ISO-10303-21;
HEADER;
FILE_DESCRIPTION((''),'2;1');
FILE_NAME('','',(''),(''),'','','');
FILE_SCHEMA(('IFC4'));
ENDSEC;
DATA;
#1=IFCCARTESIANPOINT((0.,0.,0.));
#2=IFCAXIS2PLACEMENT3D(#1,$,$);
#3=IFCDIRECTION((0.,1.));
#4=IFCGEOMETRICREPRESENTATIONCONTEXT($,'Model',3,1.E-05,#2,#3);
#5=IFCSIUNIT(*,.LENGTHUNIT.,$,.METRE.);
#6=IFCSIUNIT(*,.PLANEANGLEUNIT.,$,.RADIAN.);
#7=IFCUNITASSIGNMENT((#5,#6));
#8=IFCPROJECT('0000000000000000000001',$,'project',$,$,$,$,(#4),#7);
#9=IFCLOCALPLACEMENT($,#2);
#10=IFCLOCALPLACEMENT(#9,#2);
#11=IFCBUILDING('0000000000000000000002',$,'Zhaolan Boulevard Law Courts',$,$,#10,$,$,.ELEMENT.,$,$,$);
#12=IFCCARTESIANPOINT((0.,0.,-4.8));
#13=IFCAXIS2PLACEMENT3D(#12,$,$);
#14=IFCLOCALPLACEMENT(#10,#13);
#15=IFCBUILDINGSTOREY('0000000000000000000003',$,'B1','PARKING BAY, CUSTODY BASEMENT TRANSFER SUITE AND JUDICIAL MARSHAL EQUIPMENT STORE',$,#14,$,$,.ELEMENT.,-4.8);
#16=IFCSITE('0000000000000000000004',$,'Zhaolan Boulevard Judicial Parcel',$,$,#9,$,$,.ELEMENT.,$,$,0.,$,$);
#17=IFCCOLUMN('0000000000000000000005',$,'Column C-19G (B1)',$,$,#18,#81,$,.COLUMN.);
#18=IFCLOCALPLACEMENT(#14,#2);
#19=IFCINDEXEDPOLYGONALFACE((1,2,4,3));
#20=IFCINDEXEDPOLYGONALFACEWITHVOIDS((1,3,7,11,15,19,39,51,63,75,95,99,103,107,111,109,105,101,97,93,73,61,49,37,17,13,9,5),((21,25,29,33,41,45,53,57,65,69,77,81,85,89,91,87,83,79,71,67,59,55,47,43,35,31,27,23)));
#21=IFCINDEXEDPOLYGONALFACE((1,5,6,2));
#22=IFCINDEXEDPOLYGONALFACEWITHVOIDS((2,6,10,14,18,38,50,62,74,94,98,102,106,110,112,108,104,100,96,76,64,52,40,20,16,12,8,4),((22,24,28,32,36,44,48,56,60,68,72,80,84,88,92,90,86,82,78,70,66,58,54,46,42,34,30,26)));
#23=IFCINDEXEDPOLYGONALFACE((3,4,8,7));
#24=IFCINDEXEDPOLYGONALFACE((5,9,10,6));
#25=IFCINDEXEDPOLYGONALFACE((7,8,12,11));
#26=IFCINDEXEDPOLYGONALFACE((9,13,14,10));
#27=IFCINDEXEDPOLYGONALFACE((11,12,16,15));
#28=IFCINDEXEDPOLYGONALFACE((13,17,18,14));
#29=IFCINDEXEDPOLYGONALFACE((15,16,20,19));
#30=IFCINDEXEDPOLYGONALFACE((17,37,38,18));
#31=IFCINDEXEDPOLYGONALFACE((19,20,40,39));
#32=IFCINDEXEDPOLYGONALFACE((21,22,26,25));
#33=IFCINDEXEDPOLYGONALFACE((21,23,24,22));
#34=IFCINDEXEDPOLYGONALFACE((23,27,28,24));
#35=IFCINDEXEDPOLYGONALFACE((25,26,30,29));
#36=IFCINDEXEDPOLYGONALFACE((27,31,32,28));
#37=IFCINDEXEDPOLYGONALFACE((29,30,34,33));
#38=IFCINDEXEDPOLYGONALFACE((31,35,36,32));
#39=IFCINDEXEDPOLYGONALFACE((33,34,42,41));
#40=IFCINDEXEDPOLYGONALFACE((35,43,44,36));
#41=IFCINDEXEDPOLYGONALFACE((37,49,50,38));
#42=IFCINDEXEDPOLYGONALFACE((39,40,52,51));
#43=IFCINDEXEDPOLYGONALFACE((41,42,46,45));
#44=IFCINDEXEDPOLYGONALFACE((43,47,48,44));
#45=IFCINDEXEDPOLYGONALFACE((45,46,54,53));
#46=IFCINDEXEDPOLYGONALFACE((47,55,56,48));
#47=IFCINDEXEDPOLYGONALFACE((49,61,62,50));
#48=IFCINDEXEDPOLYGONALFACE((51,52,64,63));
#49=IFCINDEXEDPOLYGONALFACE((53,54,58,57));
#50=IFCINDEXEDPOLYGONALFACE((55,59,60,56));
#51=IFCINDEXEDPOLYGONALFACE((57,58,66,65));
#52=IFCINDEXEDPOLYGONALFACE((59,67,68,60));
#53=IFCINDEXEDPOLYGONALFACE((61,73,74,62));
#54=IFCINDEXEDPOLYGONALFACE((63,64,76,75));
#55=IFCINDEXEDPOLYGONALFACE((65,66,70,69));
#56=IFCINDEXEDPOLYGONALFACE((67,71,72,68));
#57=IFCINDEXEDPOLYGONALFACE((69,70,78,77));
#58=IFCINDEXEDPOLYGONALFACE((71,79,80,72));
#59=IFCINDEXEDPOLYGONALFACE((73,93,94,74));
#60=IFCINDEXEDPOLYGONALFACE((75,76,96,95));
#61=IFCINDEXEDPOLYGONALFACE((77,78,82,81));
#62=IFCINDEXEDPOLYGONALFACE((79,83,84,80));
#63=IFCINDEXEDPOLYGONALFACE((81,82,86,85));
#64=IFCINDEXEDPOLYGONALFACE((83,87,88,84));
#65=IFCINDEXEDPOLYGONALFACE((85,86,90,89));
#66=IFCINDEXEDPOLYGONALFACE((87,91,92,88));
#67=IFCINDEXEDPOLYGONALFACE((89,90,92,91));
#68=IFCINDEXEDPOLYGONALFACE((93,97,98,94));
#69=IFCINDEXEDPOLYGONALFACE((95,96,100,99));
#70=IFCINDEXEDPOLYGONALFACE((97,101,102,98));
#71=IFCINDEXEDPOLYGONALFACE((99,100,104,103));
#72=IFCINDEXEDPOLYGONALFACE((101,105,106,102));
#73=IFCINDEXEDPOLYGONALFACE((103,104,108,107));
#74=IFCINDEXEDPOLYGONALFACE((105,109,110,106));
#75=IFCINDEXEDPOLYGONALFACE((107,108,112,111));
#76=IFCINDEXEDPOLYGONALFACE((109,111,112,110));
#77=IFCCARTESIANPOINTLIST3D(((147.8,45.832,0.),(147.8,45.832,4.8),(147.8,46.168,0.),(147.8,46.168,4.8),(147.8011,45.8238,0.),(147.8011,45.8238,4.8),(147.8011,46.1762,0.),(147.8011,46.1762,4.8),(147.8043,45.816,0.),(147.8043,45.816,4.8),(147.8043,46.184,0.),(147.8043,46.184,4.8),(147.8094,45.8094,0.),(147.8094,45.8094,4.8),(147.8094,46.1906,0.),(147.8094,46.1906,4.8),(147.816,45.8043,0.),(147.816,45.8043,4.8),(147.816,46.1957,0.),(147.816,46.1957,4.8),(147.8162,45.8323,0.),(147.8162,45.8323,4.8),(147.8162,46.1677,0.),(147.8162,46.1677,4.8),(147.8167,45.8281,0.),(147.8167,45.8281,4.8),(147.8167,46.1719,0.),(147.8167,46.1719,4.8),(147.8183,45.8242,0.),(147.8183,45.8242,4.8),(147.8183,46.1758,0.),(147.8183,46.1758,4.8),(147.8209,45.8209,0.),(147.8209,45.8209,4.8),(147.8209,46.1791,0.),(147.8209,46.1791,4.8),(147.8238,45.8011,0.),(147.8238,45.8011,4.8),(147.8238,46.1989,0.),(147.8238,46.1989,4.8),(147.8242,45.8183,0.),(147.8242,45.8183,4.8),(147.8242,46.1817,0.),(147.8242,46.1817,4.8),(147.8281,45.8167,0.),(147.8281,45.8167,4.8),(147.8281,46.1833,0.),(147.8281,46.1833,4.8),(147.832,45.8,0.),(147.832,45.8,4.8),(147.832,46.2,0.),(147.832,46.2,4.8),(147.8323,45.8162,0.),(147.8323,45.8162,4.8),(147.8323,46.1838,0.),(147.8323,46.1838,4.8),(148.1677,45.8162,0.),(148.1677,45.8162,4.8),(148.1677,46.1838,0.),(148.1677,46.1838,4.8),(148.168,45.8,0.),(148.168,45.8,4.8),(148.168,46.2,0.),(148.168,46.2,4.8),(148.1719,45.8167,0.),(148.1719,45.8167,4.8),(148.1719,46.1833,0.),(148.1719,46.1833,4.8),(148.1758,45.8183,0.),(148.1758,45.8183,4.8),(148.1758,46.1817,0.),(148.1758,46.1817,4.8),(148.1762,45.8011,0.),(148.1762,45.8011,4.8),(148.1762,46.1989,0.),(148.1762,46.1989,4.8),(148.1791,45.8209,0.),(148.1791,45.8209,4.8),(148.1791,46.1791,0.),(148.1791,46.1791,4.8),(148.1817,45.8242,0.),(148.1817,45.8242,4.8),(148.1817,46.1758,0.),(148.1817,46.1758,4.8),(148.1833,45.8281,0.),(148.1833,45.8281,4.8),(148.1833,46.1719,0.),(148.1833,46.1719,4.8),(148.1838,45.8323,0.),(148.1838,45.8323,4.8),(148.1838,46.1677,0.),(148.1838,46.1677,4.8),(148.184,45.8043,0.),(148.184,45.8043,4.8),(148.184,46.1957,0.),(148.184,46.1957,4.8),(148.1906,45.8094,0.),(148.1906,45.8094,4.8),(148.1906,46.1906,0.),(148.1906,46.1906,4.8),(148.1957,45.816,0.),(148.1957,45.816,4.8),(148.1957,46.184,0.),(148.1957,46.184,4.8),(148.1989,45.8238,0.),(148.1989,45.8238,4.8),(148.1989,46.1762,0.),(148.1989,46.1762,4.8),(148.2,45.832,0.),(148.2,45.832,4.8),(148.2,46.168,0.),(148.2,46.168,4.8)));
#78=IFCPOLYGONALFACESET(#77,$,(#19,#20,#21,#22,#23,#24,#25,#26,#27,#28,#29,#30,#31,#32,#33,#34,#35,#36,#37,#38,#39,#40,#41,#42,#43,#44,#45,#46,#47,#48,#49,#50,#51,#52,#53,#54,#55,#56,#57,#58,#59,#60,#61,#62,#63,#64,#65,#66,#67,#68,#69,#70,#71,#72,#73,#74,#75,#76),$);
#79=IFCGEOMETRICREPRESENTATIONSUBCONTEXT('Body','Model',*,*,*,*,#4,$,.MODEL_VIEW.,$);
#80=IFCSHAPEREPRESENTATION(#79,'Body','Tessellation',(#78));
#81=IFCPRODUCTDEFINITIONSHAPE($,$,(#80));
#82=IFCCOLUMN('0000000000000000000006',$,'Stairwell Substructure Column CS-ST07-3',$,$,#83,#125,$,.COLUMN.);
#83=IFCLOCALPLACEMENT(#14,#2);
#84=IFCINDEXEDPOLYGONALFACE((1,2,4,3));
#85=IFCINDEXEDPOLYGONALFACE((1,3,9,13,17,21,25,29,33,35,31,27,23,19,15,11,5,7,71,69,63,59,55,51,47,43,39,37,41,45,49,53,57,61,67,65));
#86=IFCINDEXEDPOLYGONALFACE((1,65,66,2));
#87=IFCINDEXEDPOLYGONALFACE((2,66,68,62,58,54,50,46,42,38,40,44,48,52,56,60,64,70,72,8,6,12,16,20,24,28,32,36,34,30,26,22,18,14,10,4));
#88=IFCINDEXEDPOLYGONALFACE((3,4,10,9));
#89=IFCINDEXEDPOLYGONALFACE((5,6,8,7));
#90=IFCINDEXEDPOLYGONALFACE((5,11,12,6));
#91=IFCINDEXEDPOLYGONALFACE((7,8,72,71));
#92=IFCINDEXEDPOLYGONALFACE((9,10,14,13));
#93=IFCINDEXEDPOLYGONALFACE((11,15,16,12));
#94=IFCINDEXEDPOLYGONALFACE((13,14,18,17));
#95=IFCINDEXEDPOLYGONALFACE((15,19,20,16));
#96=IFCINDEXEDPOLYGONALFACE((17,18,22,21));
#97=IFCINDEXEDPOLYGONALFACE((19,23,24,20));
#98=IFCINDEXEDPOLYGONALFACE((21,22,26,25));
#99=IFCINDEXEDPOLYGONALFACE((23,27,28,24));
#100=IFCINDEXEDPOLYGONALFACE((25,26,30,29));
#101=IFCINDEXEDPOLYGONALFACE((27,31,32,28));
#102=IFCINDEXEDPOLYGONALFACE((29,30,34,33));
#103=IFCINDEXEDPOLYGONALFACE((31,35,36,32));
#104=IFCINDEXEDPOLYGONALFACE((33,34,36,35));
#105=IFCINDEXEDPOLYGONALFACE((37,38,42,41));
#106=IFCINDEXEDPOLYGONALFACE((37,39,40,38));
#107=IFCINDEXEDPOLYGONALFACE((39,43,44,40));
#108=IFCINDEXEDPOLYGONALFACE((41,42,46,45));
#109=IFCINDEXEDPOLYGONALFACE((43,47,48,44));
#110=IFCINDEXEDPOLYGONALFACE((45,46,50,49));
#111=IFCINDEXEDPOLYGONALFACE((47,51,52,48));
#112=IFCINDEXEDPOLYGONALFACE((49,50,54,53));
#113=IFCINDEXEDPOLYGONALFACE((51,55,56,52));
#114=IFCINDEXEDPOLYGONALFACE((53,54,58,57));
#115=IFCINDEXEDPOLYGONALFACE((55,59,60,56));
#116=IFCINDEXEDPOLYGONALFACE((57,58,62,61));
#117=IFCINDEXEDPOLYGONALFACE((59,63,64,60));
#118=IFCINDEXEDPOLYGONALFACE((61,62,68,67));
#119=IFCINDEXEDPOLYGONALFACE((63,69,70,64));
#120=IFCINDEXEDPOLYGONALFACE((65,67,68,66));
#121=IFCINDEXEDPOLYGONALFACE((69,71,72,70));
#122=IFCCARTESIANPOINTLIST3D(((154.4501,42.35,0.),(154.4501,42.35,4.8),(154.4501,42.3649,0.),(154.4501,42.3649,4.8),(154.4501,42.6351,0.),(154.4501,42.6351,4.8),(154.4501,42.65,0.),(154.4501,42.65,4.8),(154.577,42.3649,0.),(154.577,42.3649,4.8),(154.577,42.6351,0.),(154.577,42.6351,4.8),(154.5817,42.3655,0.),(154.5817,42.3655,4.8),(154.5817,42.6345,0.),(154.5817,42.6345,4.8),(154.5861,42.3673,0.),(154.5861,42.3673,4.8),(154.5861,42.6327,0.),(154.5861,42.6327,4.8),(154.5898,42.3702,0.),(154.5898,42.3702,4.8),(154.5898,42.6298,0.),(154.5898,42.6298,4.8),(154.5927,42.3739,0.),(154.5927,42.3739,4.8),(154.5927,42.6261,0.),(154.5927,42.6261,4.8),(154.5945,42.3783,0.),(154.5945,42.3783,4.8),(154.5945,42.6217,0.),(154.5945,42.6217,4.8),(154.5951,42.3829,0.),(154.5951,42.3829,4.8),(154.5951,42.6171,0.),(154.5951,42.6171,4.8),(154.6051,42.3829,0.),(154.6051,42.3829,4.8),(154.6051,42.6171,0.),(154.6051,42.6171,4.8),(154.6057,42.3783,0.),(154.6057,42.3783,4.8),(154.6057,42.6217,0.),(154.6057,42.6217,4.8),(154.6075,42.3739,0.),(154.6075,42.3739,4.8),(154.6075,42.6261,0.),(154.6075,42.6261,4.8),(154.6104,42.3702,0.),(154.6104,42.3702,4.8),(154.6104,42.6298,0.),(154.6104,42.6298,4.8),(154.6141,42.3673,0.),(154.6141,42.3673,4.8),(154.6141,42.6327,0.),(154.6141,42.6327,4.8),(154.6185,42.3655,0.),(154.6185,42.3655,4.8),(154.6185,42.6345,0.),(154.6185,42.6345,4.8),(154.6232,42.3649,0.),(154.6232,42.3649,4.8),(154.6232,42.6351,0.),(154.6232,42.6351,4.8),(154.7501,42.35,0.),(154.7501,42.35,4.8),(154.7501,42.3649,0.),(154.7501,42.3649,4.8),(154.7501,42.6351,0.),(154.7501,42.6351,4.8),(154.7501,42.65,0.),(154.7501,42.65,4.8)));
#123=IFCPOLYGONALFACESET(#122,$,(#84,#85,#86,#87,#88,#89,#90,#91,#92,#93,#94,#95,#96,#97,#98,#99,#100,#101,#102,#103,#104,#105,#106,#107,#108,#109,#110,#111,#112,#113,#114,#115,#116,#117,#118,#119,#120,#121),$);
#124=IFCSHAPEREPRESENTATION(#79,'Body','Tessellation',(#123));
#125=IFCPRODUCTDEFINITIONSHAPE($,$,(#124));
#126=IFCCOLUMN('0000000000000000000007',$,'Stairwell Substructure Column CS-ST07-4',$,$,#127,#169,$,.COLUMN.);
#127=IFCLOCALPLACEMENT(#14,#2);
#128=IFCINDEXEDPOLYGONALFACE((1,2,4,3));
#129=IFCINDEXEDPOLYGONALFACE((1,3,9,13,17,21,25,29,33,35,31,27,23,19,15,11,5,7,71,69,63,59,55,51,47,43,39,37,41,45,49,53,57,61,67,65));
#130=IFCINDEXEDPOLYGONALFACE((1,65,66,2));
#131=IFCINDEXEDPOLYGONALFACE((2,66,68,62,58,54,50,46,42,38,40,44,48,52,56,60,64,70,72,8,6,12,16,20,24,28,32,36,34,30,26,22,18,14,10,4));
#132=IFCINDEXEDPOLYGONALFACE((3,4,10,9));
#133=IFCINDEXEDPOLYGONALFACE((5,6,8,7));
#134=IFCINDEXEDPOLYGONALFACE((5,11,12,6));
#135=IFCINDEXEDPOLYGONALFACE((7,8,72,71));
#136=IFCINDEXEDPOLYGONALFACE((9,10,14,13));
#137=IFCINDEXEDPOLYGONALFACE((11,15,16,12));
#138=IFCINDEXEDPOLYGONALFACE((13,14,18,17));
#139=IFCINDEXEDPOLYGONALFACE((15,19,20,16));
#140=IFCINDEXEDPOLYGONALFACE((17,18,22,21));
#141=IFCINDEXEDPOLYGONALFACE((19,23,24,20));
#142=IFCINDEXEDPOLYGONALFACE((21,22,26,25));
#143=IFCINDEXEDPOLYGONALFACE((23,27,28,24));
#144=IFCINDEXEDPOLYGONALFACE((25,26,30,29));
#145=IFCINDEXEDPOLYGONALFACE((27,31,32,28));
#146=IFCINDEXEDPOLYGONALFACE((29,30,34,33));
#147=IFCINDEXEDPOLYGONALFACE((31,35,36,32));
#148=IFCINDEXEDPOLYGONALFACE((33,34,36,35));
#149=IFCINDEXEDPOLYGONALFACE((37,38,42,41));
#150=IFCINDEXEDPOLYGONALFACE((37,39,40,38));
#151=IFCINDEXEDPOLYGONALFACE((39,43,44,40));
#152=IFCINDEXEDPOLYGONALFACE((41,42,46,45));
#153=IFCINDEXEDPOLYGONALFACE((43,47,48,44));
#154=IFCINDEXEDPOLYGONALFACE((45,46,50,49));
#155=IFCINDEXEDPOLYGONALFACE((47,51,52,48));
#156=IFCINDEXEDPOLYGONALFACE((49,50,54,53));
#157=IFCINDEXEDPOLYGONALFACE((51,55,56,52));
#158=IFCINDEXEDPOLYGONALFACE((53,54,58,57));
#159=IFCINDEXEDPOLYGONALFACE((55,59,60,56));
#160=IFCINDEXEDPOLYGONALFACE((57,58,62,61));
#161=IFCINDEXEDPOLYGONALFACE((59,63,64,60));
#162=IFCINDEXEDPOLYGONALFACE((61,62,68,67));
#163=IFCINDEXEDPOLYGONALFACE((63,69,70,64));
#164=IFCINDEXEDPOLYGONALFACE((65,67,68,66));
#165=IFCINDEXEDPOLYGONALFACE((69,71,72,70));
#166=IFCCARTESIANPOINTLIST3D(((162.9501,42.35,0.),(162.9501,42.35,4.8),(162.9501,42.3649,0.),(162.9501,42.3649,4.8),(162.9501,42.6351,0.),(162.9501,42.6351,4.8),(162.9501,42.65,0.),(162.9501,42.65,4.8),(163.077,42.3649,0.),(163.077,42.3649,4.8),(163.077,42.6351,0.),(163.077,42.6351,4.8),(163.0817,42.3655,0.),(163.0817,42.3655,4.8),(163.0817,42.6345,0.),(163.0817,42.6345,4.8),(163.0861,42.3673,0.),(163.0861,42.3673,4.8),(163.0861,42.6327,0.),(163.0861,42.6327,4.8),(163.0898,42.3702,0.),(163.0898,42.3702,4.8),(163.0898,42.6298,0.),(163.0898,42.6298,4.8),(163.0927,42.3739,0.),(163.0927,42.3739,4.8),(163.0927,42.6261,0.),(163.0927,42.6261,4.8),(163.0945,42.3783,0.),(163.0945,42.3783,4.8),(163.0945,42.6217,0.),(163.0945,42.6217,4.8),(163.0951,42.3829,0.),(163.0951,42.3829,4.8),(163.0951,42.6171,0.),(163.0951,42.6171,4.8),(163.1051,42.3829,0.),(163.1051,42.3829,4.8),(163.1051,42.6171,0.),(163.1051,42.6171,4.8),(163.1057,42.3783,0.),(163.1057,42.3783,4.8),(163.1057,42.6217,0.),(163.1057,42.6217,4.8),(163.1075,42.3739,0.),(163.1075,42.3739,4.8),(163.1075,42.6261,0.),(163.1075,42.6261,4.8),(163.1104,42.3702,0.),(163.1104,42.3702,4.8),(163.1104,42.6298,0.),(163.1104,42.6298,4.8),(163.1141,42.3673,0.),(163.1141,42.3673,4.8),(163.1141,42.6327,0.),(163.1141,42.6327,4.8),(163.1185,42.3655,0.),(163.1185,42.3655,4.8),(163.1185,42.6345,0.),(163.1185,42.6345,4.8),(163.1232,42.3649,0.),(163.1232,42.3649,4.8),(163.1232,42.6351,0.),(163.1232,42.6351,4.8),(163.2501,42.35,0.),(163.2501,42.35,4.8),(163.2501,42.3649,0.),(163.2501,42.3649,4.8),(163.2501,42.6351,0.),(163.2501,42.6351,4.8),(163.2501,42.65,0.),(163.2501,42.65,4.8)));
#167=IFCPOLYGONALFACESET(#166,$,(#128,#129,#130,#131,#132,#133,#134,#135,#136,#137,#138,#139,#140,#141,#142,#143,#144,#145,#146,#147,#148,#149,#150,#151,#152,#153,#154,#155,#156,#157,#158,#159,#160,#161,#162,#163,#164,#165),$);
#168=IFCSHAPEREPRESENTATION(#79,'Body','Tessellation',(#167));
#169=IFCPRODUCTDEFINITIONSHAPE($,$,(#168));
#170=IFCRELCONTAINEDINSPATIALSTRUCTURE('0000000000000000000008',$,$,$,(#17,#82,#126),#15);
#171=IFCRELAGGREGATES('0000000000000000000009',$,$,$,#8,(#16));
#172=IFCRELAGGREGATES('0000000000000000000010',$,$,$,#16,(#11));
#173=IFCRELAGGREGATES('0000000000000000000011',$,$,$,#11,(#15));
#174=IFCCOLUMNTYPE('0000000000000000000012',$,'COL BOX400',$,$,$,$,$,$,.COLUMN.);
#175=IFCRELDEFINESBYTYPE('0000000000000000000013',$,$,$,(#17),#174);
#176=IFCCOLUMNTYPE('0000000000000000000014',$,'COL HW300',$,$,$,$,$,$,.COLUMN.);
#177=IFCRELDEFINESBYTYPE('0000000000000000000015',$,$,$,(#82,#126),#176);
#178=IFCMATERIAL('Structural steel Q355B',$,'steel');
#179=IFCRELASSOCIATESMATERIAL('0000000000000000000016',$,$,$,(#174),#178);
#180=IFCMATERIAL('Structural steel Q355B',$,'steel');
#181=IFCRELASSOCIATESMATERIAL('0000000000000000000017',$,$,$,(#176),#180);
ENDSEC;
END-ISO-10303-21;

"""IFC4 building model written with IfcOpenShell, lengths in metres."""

from ifc_helpers import new_model, si_unit, direction, frame, origin, origin_2d, place, context, subcontext, project, spatial, hollow_rectangle, i_section, extrude, material, material_profile, profile_set, type_object, element, save


model = new_model("IFC4")

# Units and contexts
model_context = context("Model", 3, precision=1e-05, world=origin(), true_north=direction((0.0, 1.0)))
body_context = subcontext(model_context, "Body", "Model", "MODEL_VIEW")
ifc_project = project(units=[si_unit("LENGTHUNIT", "METRE"), si_unit("PLANEANGLEUNIT", "RADIAN")], contexts=[model_context])

# Site, building, storey
site_placement = place(None, origin())
site = spatial("IfcSite", under=ifc_project, at=site_placement, Name="Zhaolan Boulevard Judicial Parcel", CompositionType="ELEMENT", RefElevation=0.0)
building_placement = place(site_placement, origin())
building = spatial("IfcBuilding", under=site, at=building_placement, Name="Zhaolan Boulevard Law Courts", CompositionType="ELEMENT")
storey_placement = place(building_placement, frame((0.0, 0.0, -4.8)))
storey = spatial("IfcBuildingStorey", under=building, at=storey_placement, Name="B1", Description="PARKING BAY, CUSTODY BASEMENT TRANSFER SUITE AND JUDICIAL MARSHAL EQUIPMENT STORE", CompositionType="ELEMENT", Elevation=-4.8)

# Columns
ifc_material_1 = material(Name="Structural steel Q355B", Category="steel")
ifc_material_profile_1 = material_profile(ifc_material_1, hollow_rectangle(XDim=0.3999, YDim=0.3999, WallThickness=0.0161, InnerFilletRadius=0.0161, OuterFilletRadius=0.032, at=origin_2d()), Name="BOX400x400x16")
ifc_profile_set_1 = profile_set([ifc_material_profile_1], Name="Structural steel Q355B")
column_type_1 = type_object("IfcColumnType", Name="COL BOX400", PredefinedType="COLUMN", material=ifc_profile_set_1)
column_placement = place(storey_placement, frame((148.0, 46.0, 0.0), z_axis=(0.0, 0.0, 1.0), x_axis=(1.0, 0.0, 0.0)))
element("IfcColumn", 1, at=column_placement, inside=storey, type_object=column_type_1, Name="Column C-19G (B1)", PredefinedType="COLUMN", context=body_context, shape_type="SweptSolid", body=[
    extrude(hollow_rectangle(XDim=0.3999, YDim=0.3999, WallThickness=0.0161, InnerFilletRadius=0.0161, OuterFilletRadius=0.032, at=origin_2d()), origin(), (0.0, 0.0, 1.0), 4.8),
])
ifc_material_2 = material(Name="Structural steel Q355B", Category="steel")
ifc_material_profile_2 = material_profile(ifc_material_2, i_section(OverallWidth=0.3, OverallDepth=0.3, WebThickness=0.01, FlangeThickness=0.0149, FilletRadius=0.0181, at=origin_2d()), Name="HW300x300")
ifc_profile_set_2 = profile_set([ifc_material_profile_2], Name="Structural steel Q355B")
column_type_2 = type_object("IfcColumnType", Name="COL HW300", PredefinedType="COLUMN", material=ifc_profile_set_2)
for number, where, z_axis, x_axis, name in (
    (2, (154.6001, 42.5, 0.0), (0.0, 0.0, 1.0), (1.0, 0.0, 0.0), "Stairwell Substructure Column CS-ST07-3"),
    (3, (163.1001, 42.5, 0.0), (0.0, 0.0, 1.0), (1.0, 0.0, 0.0), "Stairwell Substructure Column CS-ST07-4"),
):
    element("IfcColumn", number, at=place(storey_placement, frame(where, z_axis=z_axis, x_axis=x_axis)), inside=storey, type_object=column_type_2, Name=name, PredefinedType="COLUMN", context=body_context, shape_type="SweptSolid", body=[
        extrude(i_section(OverallWidth=0.3, OverallDepth=0.3, WebThickness=0.01, FlangeThickness=0.0149, FilletRadius=0.0181, at=origin_2d()), origin(), (0.0, 0.0, 1.0), 4.8),
    ])

save(model, "model.ifc")
